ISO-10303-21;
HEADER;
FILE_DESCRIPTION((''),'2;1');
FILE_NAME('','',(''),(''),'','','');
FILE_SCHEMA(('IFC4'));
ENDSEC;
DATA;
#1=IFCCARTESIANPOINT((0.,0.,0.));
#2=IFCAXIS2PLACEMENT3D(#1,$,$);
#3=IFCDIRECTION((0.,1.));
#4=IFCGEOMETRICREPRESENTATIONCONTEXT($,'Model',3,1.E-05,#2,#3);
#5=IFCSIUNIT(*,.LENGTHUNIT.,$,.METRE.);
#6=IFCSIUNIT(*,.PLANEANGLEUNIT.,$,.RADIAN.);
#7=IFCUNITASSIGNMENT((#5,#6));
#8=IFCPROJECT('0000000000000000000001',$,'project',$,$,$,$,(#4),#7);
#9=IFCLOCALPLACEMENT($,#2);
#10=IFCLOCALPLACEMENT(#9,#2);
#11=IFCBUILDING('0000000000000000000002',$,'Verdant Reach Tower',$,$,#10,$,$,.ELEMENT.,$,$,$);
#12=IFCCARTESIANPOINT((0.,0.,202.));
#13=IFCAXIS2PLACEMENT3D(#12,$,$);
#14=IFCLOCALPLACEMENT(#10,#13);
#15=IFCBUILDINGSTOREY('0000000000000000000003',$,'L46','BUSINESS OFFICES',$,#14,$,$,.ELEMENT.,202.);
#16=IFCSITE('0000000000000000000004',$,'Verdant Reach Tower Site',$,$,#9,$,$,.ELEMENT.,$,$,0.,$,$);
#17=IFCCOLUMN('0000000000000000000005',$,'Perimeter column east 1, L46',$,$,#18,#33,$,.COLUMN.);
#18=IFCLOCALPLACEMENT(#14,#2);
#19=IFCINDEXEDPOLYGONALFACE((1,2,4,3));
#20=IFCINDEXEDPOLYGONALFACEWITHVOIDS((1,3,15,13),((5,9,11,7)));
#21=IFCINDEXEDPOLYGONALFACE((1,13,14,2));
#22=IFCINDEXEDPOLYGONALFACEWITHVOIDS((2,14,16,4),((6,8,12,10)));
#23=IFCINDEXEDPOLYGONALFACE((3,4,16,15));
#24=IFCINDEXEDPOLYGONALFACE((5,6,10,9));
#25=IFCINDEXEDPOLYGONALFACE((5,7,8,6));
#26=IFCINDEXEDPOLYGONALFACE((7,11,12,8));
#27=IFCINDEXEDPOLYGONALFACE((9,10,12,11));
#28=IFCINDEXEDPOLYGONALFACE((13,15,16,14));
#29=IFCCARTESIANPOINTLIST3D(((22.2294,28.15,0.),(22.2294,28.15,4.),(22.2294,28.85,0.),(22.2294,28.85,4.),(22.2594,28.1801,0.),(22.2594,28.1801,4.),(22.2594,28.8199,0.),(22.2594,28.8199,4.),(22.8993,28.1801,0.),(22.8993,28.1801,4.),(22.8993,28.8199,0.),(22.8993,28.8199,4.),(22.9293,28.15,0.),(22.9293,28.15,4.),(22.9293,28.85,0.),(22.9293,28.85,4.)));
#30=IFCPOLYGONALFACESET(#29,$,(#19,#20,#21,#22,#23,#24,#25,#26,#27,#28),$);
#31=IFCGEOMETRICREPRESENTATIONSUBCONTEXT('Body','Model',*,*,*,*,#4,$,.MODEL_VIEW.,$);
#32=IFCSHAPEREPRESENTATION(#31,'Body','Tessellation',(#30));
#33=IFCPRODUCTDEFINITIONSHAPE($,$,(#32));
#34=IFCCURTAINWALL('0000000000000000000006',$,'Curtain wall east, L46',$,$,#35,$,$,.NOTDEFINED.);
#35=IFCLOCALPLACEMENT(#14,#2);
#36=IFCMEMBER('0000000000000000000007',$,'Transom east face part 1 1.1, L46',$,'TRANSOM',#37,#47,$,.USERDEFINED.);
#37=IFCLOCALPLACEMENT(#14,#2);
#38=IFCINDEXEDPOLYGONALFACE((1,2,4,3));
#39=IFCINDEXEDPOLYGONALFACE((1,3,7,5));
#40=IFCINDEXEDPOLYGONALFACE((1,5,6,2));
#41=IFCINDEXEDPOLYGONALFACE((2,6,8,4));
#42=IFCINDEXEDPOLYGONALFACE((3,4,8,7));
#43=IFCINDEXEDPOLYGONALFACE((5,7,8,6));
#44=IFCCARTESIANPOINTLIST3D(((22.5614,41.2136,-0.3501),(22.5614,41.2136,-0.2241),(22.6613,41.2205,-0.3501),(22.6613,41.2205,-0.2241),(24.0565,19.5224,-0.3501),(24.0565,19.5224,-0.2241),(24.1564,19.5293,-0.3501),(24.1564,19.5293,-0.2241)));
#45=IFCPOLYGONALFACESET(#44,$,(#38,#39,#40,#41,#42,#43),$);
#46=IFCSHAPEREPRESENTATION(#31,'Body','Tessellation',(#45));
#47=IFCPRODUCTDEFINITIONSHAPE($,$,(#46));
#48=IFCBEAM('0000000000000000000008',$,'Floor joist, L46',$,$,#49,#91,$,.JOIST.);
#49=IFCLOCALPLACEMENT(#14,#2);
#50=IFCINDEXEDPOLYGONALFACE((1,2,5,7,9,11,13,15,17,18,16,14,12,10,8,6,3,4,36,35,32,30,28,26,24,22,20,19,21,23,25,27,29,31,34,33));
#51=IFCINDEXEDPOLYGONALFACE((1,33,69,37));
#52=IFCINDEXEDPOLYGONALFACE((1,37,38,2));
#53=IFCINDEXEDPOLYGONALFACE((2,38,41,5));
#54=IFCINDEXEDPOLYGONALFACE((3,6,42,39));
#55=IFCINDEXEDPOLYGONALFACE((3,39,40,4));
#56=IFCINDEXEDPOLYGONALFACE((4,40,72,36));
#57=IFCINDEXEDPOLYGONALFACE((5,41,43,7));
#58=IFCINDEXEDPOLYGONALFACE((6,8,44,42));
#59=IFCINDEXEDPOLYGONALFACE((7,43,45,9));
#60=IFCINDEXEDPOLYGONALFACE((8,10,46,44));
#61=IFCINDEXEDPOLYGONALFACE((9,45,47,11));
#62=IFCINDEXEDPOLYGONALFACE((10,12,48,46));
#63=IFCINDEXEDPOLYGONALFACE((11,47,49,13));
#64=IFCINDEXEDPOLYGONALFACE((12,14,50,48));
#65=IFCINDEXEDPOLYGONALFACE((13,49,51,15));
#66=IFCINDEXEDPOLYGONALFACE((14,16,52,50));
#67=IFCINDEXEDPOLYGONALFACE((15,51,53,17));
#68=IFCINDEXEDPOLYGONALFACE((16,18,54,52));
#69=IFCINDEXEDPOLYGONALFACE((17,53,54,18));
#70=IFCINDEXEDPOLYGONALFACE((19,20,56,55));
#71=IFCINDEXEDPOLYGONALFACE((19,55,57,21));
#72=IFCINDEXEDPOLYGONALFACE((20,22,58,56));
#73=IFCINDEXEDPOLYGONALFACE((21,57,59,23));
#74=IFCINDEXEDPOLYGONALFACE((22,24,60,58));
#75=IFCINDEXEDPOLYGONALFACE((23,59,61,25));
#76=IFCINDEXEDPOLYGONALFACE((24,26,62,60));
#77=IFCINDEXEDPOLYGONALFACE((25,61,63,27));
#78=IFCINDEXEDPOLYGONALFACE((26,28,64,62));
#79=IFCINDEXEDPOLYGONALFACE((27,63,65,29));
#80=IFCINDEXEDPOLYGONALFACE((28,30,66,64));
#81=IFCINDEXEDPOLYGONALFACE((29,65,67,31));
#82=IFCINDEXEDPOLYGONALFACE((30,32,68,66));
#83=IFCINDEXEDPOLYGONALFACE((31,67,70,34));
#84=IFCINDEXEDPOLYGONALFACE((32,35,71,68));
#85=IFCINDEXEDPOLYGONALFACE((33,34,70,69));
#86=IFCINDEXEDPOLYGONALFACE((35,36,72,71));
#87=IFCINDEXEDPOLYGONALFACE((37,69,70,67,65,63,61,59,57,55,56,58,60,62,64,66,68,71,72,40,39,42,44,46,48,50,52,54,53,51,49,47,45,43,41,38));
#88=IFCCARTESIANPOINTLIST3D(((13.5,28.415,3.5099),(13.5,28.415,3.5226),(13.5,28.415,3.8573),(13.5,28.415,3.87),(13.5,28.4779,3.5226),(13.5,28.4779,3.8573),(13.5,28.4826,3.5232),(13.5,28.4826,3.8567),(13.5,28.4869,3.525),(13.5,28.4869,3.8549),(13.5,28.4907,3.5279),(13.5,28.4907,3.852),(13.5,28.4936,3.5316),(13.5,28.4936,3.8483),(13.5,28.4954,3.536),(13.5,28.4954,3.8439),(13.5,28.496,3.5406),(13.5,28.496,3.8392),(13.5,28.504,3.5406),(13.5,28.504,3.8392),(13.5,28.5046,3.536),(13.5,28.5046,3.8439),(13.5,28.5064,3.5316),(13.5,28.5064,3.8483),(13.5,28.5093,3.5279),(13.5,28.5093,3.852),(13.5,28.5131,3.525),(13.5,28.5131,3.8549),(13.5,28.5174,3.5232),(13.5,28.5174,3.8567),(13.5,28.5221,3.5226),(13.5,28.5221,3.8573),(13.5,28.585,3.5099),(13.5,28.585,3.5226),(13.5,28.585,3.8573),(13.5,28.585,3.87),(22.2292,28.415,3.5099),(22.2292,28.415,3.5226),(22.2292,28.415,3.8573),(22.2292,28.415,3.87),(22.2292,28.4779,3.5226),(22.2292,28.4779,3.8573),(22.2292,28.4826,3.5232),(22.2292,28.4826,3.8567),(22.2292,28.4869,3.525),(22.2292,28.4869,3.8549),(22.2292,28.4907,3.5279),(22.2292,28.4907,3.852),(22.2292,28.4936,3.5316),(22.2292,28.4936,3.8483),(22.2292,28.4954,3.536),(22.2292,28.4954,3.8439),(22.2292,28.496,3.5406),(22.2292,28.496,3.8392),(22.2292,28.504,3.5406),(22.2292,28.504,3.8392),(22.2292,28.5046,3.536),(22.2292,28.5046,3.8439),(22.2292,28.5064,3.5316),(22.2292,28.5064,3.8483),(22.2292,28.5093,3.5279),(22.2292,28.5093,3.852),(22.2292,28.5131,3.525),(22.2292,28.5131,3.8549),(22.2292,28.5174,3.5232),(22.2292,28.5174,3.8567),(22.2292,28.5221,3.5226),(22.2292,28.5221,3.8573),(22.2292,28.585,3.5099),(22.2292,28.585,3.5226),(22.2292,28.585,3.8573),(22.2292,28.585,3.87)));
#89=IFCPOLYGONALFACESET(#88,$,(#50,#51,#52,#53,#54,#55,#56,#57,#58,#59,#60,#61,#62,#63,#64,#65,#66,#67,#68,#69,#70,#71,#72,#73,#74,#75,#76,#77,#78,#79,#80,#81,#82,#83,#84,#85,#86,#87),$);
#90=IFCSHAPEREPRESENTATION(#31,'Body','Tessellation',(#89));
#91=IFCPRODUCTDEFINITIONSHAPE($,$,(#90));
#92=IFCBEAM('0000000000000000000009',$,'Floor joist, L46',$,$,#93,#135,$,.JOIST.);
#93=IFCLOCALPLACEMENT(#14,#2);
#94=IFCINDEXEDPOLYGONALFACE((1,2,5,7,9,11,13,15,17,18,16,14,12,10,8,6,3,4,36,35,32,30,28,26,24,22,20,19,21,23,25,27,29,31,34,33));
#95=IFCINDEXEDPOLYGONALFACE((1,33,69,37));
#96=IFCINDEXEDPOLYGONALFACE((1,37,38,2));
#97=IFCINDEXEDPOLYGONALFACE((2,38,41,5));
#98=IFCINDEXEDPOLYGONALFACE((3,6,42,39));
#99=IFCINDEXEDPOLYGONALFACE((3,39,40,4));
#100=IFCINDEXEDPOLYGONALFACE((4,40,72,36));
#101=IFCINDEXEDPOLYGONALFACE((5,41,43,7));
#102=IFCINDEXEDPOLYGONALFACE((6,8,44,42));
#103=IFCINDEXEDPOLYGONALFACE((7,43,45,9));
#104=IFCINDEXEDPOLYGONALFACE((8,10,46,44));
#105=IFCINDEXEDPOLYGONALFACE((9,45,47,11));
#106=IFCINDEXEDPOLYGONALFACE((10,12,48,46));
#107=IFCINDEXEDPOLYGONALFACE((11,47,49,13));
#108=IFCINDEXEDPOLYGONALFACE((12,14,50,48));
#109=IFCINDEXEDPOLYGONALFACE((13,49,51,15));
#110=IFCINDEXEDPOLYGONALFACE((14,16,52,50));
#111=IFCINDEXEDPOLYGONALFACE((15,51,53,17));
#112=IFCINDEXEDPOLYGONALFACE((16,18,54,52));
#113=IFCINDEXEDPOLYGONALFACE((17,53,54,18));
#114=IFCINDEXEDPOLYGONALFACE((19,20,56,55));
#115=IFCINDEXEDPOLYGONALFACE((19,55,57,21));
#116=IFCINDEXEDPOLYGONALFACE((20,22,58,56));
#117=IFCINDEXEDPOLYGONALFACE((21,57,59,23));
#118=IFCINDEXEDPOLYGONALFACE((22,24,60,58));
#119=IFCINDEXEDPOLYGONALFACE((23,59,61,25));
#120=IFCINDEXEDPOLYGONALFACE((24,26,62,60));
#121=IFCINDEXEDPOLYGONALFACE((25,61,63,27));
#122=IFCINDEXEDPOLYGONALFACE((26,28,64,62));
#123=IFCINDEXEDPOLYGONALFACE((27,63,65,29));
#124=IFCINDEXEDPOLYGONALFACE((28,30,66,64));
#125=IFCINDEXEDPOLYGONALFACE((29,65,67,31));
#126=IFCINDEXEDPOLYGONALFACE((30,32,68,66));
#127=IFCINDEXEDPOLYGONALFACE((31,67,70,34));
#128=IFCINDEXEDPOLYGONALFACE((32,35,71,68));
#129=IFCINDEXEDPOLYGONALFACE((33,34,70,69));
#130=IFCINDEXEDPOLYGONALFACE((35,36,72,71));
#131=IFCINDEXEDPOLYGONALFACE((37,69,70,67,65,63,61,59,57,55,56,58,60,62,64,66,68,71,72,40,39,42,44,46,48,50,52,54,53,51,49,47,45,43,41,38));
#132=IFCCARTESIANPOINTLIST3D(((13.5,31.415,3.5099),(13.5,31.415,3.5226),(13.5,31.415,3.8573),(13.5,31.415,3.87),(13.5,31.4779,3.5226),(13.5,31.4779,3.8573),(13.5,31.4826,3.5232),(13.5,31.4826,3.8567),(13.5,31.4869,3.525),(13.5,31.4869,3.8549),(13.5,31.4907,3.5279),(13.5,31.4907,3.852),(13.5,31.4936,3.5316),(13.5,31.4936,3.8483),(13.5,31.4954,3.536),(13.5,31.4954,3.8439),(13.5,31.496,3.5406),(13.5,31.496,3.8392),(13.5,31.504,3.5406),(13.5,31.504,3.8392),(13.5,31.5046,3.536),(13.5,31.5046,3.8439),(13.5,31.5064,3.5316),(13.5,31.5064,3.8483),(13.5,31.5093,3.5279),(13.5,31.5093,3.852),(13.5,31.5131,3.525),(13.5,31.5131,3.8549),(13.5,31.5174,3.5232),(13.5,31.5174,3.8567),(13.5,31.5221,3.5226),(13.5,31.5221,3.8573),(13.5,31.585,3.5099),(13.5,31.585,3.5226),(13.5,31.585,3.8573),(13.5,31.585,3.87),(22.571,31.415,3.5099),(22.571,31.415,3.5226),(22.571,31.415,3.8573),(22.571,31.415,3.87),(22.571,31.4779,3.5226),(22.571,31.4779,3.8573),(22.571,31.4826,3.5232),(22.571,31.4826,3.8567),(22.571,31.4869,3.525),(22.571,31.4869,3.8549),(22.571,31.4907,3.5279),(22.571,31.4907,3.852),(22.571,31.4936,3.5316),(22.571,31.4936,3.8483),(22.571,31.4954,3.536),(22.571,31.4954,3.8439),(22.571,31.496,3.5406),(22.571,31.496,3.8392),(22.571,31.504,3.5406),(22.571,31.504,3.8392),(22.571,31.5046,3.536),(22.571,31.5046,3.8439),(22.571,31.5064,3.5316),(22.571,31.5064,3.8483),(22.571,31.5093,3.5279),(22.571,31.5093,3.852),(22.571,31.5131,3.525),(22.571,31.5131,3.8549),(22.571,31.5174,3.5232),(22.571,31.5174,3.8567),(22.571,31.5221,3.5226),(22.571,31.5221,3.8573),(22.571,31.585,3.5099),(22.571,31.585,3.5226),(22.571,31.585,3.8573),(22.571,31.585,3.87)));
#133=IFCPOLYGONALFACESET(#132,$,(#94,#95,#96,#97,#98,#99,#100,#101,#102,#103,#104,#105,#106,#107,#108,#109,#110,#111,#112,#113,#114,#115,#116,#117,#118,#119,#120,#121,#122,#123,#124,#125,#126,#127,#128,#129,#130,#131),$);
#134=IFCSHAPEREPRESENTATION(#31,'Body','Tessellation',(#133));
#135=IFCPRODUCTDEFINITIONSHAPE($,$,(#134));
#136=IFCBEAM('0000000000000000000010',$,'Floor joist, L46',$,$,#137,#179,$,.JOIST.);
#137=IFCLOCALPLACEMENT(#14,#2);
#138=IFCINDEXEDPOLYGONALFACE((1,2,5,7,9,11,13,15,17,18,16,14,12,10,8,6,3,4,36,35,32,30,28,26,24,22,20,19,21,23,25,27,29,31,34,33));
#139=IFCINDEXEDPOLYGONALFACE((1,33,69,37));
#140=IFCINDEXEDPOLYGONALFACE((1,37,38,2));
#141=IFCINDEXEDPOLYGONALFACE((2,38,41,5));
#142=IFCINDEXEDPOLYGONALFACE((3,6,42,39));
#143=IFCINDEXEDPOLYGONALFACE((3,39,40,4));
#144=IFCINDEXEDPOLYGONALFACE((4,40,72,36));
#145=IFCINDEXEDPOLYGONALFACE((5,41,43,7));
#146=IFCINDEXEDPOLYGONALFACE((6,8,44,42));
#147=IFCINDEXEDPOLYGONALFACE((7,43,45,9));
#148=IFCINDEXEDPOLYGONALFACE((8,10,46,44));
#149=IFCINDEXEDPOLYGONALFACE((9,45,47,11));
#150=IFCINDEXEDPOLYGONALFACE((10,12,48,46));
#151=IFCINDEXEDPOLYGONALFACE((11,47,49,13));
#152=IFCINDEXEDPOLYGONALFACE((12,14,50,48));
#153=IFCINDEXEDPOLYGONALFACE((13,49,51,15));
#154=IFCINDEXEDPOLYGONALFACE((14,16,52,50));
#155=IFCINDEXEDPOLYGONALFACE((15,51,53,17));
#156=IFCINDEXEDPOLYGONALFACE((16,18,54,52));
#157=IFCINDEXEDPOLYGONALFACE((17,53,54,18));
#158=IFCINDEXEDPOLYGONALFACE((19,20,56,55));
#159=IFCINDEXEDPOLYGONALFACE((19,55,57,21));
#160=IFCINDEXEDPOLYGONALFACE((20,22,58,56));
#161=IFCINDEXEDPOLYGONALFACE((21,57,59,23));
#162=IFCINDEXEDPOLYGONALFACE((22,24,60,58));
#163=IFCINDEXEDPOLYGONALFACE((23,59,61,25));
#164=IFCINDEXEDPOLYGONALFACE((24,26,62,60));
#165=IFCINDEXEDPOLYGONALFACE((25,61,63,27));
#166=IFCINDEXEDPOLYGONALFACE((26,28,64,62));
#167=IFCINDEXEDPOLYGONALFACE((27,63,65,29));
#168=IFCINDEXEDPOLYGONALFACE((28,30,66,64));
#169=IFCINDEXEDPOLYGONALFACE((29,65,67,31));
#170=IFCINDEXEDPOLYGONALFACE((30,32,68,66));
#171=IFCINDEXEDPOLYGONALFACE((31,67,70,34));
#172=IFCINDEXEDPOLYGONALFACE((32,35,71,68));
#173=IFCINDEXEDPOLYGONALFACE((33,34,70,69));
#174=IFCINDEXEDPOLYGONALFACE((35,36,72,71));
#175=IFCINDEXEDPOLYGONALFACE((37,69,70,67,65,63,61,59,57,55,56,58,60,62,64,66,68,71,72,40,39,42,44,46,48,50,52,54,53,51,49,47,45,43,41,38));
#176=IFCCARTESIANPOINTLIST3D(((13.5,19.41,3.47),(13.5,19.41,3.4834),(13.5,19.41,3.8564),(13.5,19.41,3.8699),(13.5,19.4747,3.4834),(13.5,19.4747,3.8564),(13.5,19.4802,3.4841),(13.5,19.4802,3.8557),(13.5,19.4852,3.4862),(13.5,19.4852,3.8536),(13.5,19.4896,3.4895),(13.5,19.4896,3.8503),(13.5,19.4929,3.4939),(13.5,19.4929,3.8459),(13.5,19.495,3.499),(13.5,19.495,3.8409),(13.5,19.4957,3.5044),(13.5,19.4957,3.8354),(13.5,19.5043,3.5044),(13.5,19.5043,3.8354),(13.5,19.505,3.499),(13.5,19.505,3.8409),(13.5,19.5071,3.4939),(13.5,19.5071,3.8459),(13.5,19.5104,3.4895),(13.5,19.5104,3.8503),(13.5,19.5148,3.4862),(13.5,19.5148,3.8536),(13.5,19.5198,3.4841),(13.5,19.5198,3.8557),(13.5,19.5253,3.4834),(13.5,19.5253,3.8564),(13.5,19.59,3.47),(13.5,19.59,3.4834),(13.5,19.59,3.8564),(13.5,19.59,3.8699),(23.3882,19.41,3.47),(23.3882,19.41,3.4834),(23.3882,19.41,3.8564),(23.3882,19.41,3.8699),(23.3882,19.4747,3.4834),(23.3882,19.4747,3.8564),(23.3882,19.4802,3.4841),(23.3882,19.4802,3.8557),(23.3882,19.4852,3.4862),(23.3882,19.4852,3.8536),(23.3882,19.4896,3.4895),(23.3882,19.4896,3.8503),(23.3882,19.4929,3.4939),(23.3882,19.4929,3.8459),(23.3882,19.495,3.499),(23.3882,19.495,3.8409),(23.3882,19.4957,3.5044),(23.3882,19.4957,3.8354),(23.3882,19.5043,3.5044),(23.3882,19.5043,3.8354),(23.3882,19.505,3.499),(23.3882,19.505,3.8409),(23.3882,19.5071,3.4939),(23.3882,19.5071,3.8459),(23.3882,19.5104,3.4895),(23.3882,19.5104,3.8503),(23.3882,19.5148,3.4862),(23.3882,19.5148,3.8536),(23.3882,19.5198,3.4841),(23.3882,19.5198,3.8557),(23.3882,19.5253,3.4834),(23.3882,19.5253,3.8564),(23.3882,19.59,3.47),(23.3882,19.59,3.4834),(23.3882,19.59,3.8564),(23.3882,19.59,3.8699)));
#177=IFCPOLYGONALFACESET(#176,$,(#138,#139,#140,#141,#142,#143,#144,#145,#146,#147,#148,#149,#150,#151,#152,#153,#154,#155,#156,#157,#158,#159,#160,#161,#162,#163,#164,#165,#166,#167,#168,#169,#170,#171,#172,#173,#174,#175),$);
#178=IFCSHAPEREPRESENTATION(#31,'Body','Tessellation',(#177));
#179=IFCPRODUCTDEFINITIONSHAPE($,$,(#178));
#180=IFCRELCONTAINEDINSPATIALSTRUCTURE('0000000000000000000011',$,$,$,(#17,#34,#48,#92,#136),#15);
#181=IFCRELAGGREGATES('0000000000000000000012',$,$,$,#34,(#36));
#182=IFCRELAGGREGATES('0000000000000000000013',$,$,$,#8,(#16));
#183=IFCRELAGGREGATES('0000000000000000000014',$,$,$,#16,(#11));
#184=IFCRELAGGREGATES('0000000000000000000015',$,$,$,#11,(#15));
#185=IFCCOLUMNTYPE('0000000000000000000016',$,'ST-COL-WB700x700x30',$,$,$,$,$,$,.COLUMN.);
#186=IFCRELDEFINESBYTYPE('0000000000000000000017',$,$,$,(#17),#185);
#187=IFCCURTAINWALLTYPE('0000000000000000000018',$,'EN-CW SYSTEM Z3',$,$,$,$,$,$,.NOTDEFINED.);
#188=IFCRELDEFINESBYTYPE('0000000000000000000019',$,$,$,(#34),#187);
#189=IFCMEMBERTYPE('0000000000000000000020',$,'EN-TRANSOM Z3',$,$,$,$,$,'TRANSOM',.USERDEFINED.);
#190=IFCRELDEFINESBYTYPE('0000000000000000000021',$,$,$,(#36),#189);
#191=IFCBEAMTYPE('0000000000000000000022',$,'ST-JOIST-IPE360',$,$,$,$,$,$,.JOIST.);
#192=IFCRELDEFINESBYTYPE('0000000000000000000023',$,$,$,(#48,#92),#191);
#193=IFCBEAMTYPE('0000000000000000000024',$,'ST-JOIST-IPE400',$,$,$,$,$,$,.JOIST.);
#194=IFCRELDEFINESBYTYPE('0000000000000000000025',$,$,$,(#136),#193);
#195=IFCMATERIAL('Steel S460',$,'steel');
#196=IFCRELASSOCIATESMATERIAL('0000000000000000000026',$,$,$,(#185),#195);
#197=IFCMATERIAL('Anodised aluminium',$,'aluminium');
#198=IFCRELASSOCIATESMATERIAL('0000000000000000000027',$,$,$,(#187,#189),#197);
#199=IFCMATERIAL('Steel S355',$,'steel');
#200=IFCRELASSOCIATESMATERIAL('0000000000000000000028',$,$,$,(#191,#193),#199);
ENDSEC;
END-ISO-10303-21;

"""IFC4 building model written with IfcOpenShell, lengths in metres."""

from ifc_helpers import new_model, si_unit, direction, frame, origin, origin_2d, place, context, subcontext, project, spatial, rectangle, hollow_rectangle, i_section, extrude, material, material_profile, profile_set, type_object, element, aggregate, save


model = new_model("IFC4")

# Units and contexts
model_context = context("Model", 3, precision=1e-05, world=origin(), true_north=direction((0.0, 1.0)))
body_context = subcontext(model_context, "Body", "Model", "MODEL_VIEW")
ifc_project = project(units=[si_unit("LENGTHUNIT", "METRE"), si_unit("PLANEANGLEUNIT", "RADIAN")], contexts=[model_context])

# Site, building, storey
site_placement = place(None, origin())
site = spatial("IfcSite", under=ifc_project, at=site_placement, Name="Verdant Reach Tower Site", CompositionType="ELEMENT", RefElevation=0.0)
building_placement = place(site_placement, origin())
building = spatial("IfcBuilding", under=site, at=building_placement, Name="Verdant Reach Tower", CompositionType="ELEMENT")
storey_placement = place(building_placement, frame((0.0, 0.0, 202.0)))
storey = spatial("IfcBuildingStorey", under=building, at=storey_placement, Name="L46", Description="BUSINESS OFFICES", CompositionType="ELEMENT", Elevation=202.0)

# Column
ifc_material_1 = material(Name="Steel S460", Category="steel")
ifc_material_profile_1 = material_profile(ifc_material_1, hollow_rectangle(XDim=0.7, YDim=0.7, WallThickness=0.03, at=origin_2d()), Name="WB 700x700x30")
ifc_profile_set_1 = profile_set([ifc_material_profile_1], Name="Steel S460")
column_type = type_object("IfcColumnType", Name="ST-COL-WB700x700x30", PredefinedType="COLUMN", material=ifc_profile_set_1)
column_placement = place(storey_placement, frame((22.5793, 28.5, 0.0), z_axis=(0.0, 0.0, 1.0), x_axis=(1.0, 0.0, 0.0)))
element("IfcColumn", 1, at=column_placement, inside=storey, type_object=column_type, Name="Perimeter column east 1, L46", PredefinedType="COLUMN", context=body_context, shape_type="SweptSolid", body=[
    extrude(hollow_rectangle(XDim=0.7, YDim=0.7, WallThickness=0.03, at=origin_2d()), origin(), (0.0, 0.0, 1.0), 4.0),
])

# Curtain wall, member
ifc_material_2 = material(Name="Anodised aluminium", Category="aluminium")
curtain_wall_type = type_object("IfcCurtainWallType", Name="EN-CW SYSTEM Z3", PredefinedType="NOTDEFINED", material=ifc_material_2)
curtain_wall_placement = place(storey_placement, origin())
curtain_wall = element("IfcCurtainWall", 2, at=curtain_wall_placement, inside=storey, type_object=curtain_wall_type, Name="Curtain wall east, L46", PredefinedType="NOTDEFINED")
ifc_material_profile_2 = material_profile(ifc_material_2, rectangle(XDim=0.1001, YDim=0.126, at=origin_2d()), Name="Transom 126x100")
ifc_profile_set_2 = profile_set([ifc_material_profile_2], Name="Anodised aluminium")
member_type = type_object("IfcMemberType", Name="EN-TRANSOM Z3", ElementType="TRANSOM", PredefinedType="USERDEFINED", material=ifc_profile_set_2)
member_placement = place(storey_placement, frame((24.1064, 19.5259, -0.2871), z_axis=(-0.068764, 0.997633, 0.0), x_axis=(-0.997633, -0.068764, 0.0)))
member = element("IfcMember", 3, at=member_placement, type_object=member_type, Name="Transom east face part 1 1.1, L46", ObjectType="TRANSOM", PredefinedType="USERDEFINED", context=body_context, shape_type="SweptSolid", body=[
    extrude(rectangle(XDim=0.1001, YDim=0.126, at=origin_2d()), origin(), (0.0, 0.0, 1.0), 21.7427),
])

# Beams
ifc_material_3 = material(Name="Steel S355", Category="steel")
ifc_material_profile_3 = material_profile(ifc_material_3, i_section(OverallWidth=0.1699, OverallDepth=0.3601, WebThickness=0.0081, FlangeThickness=0.0127, FilletRadius=0.0181, at=origin_2d()), Name="IPE 360")
ifc_profile_set_3 = profile_set([ifc_material_profile_3], Name="Steel S355")
beam_type_1 = type_object("IfcBeamType", Name="ST-JOIST-IPE360", PredefinedType="JOIST", material=ifc_profile_set_3)
beam_1_placement = place(storey_placement, frame((13.5, 28.5, 3.6899), z_axis=(1.0, 0.0, 0.0), x_axis=(0.0, 1.0, 0.0)))
element("IfcBeam", 4, at=beam_1_placement, inside=storey, type_object=beam_type_1, Name="Floor joist, L46", PredefinedType="JOIST", context=body_context, shape_type="SweptSolid", body=[
    extrude(i_section(OverallWidth=0.1699, OverallDepth=0.3601, WebThickness=0.0081, FlangeThickness=0.0127, FilletRadius=0.0181, at=origin_2d()), origin(), (0.0, 0.0, 1.0), 8.7292),
])
beam_2_placement = place(storey_placement, frame((13.5, 31.5, 3.6899), z_axis=(1.0, 0.0, 0.0), x_axis=(0.0, 1.0, 0.0)))
element("IfcBeam", 5, at=beam_2_placement, inside=storey, type_object=beam_type_1, Name="Floor joist, L46", PredefinedType="JOIST", context=body_context, shape_type="SweptSolid", body=[
    extrude(i_section(OverallWidth=0.1699, OverallDepth=0.3601, WebThickness=0.0081, FlangeThickness=0.0127, FilletRadius=0.0181, at=origin_2d()), origin(), (0.0, 0.0, 1.0), 9.071),
])
ifc_material_profile_4 = material_profile(ifc_material_3, i_section(OverallWidth=0.1799, OverallDepth=0.3999, WebThickness=0.0085, FlangeThickness=0.0134, FilletRadius=0.021, at=origin_2d()), Name="IPE 400")
ifc_profile_set_4 = profile_set([ifc_material_profile_4], Name="Steel S355")
beam_type_2 = type_object("IfcBeamType", Name="ST-JOIST-IPE400", PredefinedType="JOIST", material=ifc_profile_set_4)
beam_3_placement = place(storey_placement, frame((13.5, 19.5, 3.6699), z_axis=(1.0, 0.0, 0.0), x_axis=(0.0, 1.0, 0.0)))
element("IfcBeam", 6, at=beam_3_placement, inside=storey, type_object=beam_type_2, Name="Floor joist, L46", PredefinedType="JOIST", context=body_context, shape_type="SweptSolid", body=[
    extrude(i_section(OverallWidth=0.1799, OverallDepth=0.3999, WebThickness=0.0085, FlangeThickness=0.0134, FilletRadius=0.021, at=origin_2d()), origin(), (0.0, 0.0, 1.0), 9.8882),
])

aggregate(curtain_wall, [member])

save(model, "model.ifc")
